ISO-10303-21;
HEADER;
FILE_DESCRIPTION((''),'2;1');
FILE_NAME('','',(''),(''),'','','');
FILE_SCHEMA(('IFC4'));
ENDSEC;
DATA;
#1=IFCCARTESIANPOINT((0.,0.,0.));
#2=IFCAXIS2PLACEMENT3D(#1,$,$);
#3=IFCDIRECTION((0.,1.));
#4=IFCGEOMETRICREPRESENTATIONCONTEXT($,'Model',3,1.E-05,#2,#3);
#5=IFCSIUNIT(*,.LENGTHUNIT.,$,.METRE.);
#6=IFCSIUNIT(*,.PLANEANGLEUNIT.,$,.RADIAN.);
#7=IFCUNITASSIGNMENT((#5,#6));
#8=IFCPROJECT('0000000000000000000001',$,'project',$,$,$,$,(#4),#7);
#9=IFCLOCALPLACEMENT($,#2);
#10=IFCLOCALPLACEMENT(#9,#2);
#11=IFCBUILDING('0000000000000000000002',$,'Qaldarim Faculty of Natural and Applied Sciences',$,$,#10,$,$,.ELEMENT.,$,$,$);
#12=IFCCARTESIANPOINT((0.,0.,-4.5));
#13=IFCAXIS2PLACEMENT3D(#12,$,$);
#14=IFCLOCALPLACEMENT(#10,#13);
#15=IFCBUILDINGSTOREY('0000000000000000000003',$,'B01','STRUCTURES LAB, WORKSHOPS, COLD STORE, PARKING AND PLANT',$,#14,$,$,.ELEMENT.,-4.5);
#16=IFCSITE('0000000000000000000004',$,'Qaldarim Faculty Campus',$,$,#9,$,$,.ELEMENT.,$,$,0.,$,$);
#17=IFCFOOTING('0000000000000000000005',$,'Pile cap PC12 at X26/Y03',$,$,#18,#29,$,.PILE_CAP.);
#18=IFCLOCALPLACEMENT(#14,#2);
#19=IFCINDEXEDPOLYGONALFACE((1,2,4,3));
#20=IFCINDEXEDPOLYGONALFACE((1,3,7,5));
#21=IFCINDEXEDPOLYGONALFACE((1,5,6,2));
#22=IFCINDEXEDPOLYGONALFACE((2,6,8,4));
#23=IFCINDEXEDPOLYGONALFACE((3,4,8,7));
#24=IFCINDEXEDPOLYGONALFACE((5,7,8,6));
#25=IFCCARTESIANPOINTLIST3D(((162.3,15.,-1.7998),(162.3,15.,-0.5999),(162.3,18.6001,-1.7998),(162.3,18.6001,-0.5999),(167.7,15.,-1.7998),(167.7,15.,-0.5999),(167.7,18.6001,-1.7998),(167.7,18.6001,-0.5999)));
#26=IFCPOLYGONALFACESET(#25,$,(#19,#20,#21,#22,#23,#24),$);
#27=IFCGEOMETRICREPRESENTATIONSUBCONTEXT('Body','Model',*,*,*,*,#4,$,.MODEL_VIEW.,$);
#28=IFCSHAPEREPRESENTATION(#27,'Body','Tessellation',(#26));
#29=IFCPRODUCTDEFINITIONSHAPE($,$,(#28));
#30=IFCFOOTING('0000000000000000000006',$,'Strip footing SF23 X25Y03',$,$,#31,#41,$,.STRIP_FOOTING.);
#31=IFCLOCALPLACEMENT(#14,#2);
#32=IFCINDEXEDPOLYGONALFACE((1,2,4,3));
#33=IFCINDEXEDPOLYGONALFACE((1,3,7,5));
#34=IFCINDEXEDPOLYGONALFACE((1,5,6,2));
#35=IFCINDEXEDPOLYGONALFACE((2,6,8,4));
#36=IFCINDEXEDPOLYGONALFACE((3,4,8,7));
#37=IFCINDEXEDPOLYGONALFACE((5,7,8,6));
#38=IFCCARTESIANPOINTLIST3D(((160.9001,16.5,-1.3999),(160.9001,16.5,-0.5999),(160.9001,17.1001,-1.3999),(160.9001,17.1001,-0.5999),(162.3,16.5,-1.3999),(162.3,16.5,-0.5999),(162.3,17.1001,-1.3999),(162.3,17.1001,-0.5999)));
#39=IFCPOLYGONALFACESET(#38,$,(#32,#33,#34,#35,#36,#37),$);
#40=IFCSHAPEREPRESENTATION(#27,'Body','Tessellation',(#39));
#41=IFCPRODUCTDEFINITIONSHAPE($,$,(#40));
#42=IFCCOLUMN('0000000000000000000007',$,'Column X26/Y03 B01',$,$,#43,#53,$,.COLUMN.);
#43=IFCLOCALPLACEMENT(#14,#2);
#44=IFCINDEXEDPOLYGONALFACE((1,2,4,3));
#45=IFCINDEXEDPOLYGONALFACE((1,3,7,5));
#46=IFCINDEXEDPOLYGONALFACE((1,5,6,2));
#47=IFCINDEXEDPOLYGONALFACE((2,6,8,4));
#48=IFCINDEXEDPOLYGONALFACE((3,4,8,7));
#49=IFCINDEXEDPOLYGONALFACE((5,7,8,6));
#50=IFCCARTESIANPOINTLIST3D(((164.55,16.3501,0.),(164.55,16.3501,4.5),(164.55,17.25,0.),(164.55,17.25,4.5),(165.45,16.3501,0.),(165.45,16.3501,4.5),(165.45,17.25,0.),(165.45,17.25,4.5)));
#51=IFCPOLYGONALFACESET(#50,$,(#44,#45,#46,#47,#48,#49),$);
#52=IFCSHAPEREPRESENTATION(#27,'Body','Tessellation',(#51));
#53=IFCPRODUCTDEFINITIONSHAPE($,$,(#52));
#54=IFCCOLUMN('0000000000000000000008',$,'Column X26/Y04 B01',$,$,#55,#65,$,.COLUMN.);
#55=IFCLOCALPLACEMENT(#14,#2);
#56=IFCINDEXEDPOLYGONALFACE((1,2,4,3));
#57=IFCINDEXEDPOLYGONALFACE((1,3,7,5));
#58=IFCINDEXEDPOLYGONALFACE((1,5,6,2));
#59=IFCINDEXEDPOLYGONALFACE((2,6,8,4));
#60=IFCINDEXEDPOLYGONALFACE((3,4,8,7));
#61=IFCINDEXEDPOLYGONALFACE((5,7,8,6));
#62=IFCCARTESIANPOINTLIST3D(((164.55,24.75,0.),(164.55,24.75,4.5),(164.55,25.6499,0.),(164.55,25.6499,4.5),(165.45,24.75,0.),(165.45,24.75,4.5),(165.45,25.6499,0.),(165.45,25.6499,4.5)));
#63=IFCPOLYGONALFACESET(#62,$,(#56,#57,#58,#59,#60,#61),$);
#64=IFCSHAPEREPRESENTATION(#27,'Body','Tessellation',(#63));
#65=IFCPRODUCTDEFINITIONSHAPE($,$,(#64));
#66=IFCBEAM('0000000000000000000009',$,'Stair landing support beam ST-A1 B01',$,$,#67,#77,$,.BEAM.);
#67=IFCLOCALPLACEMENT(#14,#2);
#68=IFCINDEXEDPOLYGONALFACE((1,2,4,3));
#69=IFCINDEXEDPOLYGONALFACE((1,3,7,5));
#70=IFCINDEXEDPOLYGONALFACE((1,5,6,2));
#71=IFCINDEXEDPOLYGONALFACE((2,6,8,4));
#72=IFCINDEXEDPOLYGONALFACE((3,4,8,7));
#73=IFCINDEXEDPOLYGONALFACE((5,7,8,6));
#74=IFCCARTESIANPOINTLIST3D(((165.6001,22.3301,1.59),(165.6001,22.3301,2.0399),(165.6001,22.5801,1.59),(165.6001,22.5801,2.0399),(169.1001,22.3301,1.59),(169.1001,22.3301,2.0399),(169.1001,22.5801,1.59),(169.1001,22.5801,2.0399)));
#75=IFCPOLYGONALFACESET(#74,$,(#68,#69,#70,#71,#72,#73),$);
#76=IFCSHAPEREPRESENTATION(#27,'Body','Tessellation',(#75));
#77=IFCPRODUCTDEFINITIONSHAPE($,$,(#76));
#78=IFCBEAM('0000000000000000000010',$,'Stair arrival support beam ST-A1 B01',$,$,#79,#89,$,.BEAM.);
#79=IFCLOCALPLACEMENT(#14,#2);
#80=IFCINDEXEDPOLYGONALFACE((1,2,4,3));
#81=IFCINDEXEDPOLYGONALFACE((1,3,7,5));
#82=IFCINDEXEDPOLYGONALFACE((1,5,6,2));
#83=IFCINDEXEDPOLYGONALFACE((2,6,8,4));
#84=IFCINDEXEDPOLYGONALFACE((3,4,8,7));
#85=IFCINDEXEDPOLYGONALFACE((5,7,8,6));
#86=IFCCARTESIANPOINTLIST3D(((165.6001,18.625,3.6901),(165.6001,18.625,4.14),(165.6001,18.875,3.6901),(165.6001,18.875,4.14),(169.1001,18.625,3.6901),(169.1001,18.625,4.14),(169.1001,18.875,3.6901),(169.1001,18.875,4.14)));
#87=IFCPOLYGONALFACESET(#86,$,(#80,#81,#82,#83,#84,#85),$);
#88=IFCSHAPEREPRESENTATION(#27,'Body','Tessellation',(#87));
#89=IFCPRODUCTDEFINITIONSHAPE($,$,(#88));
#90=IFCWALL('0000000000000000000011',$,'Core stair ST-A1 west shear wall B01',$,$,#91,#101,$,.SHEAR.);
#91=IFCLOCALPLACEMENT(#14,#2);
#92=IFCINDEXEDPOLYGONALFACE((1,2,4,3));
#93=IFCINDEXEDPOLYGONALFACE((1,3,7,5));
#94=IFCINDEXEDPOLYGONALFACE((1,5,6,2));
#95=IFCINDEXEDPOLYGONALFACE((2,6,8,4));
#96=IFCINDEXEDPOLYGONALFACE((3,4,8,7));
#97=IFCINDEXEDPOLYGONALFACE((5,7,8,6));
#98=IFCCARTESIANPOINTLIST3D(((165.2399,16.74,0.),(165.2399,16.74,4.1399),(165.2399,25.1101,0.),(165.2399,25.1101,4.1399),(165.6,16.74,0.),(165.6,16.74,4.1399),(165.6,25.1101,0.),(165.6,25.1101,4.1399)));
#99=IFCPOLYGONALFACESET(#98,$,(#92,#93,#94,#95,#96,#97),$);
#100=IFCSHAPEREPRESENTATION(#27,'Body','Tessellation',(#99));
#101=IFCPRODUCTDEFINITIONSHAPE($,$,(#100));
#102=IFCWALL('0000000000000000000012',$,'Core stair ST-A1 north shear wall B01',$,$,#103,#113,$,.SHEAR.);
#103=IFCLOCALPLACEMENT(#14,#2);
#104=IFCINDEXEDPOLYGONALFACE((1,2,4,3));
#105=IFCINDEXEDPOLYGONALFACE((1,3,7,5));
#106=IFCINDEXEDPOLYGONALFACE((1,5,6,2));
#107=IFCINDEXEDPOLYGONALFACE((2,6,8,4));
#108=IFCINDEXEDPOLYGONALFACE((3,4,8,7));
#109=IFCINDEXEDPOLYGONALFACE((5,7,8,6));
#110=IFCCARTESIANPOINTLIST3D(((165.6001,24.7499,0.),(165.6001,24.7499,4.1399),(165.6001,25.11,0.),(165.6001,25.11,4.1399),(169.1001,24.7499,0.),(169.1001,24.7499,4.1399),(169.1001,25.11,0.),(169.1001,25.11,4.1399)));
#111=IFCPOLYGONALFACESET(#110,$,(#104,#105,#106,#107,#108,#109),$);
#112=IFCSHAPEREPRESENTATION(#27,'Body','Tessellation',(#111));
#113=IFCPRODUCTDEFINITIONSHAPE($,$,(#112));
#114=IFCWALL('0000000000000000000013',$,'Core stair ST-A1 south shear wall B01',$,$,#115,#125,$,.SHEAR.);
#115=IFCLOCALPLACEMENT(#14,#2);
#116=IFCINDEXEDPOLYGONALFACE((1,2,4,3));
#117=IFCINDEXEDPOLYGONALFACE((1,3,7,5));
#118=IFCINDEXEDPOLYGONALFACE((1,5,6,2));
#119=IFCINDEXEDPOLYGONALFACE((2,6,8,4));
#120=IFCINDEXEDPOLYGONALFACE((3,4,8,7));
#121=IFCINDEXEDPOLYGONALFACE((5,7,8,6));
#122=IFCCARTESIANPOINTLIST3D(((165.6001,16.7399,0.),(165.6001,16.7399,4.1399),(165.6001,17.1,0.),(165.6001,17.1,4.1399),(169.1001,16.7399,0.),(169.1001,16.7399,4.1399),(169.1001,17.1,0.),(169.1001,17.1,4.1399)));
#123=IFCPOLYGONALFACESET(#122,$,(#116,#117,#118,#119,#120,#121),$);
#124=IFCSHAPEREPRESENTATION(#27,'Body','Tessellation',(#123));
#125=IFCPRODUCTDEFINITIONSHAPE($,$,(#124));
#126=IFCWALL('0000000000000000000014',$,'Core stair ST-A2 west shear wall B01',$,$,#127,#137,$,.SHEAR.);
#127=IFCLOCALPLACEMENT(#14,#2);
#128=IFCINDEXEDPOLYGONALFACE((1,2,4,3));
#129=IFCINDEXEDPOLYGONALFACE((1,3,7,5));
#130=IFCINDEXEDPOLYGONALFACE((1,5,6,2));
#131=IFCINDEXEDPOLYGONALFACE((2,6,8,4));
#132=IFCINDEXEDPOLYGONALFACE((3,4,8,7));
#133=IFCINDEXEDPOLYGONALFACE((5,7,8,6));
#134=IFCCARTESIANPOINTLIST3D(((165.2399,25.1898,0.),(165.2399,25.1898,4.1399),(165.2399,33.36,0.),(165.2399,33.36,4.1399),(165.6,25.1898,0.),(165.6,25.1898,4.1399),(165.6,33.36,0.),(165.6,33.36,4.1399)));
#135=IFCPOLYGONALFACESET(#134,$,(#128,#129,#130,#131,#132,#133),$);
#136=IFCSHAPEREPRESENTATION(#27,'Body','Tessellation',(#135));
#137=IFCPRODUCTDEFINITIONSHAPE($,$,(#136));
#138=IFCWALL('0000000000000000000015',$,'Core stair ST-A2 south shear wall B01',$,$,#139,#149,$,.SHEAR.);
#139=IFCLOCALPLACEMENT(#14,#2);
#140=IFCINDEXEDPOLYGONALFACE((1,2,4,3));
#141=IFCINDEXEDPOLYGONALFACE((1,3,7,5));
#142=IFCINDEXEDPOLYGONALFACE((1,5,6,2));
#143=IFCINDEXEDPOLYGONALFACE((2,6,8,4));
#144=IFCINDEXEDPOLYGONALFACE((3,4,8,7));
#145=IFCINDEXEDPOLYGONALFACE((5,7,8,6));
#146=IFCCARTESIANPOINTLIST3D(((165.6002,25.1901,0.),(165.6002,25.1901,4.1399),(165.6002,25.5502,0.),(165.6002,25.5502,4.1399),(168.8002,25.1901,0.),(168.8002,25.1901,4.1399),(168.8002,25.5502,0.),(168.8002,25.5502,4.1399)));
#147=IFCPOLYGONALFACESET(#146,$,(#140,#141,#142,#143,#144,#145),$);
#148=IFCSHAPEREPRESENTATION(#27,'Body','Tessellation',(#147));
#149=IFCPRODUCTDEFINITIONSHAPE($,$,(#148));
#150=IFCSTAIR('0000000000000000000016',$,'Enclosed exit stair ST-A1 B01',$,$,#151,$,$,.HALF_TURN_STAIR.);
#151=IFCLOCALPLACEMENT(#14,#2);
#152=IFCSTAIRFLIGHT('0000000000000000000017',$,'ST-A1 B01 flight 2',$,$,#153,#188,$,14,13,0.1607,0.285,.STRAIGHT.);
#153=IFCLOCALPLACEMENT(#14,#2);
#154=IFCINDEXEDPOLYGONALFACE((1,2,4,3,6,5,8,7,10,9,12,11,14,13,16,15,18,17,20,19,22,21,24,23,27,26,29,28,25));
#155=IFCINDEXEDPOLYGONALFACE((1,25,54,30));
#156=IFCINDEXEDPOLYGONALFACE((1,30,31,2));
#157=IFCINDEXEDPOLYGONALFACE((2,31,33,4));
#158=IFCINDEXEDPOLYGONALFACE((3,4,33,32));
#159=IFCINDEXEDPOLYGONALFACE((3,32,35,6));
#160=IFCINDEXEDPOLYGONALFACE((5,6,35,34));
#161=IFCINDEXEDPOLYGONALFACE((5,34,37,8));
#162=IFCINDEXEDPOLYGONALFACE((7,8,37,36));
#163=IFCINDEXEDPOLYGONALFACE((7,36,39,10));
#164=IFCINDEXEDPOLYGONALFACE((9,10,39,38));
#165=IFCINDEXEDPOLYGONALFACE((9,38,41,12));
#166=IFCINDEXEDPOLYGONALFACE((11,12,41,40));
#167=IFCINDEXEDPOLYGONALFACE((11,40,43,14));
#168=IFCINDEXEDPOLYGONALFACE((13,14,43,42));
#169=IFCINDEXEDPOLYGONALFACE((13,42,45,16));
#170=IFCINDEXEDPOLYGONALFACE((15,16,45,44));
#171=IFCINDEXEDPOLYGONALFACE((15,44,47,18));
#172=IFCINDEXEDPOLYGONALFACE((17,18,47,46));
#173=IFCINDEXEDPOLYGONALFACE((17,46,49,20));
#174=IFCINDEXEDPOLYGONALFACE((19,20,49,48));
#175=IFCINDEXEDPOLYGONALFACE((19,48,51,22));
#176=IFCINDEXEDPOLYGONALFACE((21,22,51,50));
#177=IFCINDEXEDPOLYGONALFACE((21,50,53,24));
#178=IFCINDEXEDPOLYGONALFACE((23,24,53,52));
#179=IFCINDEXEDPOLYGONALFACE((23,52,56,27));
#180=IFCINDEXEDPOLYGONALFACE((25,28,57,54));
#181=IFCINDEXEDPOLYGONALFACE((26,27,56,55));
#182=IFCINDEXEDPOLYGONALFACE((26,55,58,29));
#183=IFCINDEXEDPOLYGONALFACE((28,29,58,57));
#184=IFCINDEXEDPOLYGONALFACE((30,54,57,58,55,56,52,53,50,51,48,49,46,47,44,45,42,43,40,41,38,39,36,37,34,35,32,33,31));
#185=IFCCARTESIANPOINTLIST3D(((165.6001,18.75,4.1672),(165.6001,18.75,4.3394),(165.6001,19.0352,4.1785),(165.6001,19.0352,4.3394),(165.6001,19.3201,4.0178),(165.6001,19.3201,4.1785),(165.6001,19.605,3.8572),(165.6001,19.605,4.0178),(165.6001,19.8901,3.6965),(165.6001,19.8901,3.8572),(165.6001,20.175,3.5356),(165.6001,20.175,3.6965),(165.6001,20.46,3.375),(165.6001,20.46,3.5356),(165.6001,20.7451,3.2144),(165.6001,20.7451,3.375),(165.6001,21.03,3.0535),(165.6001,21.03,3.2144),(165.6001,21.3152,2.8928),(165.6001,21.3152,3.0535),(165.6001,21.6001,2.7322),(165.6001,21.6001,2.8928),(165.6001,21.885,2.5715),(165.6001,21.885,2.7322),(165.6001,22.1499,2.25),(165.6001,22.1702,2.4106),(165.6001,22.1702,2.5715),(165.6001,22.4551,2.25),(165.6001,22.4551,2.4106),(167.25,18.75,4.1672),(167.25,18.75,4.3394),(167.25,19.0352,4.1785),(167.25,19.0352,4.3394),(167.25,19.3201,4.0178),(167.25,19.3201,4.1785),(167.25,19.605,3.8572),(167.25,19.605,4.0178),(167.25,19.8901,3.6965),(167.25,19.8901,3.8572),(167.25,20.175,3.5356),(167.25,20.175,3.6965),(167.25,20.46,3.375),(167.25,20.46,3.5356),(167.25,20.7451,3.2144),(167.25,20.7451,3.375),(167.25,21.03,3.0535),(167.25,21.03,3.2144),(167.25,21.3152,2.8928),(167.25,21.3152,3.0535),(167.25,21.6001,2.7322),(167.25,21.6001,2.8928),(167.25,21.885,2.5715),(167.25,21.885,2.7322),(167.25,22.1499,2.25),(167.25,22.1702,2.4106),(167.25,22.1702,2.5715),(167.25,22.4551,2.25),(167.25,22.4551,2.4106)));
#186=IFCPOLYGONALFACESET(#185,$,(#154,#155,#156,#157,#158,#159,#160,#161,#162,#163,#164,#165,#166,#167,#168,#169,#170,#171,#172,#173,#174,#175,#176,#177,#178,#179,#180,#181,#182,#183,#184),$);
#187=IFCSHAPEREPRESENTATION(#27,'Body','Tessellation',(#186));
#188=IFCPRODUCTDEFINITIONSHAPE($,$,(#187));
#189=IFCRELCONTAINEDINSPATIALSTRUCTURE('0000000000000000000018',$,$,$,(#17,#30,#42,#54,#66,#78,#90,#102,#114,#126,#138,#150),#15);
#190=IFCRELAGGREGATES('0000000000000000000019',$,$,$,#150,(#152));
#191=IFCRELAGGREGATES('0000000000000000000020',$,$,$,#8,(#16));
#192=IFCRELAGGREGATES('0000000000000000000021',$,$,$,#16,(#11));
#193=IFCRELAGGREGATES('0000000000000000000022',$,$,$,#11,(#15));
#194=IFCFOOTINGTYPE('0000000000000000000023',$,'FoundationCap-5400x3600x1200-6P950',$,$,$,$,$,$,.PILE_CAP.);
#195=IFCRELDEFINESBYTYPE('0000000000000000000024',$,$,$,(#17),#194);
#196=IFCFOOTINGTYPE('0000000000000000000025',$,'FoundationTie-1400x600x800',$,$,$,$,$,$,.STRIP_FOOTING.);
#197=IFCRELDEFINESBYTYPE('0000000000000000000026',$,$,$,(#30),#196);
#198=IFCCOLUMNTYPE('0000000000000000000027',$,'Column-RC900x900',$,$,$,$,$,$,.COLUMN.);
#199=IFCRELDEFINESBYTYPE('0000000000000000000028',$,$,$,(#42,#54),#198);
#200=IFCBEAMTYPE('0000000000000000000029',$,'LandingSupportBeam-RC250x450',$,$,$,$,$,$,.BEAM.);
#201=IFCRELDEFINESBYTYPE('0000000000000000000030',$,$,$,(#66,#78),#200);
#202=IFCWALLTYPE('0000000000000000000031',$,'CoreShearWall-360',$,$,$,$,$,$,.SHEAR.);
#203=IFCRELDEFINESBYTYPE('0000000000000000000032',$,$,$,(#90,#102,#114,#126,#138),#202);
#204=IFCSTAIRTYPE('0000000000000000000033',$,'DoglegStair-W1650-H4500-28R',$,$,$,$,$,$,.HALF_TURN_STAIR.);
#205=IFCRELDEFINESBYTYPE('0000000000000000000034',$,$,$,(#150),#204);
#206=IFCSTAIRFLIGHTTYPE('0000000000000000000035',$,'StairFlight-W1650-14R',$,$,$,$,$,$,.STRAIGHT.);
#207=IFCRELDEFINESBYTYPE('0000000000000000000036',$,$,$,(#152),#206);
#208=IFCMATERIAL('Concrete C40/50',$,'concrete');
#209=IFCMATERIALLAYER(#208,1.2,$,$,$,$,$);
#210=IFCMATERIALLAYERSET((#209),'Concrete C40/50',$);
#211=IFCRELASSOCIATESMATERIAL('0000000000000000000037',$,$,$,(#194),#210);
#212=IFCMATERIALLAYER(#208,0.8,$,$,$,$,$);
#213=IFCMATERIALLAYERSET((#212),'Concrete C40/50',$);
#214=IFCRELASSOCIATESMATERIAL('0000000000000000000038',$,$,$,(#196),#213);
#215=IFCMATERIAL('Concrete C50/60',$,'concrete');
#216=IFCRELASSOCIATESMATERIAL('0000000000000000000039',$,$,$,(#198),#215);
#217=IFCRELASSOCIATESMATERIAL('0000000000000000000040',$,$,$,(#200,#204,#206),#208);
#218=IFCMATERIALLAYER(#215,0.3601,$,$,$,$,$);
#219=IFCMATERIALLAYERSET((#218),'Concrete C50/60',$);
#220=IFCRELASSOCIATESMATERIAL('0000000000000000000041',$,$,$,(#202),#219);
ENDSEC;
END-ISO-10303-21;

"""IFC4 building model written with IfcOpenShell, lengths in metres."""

from ifc_helpers import new_model, si_unit, direction, frame, frame_2d, origin, origin_2d, place, context, subcontext, project, spatial, polyline, rectangle, outline, extrude, material, layer, layer_set, material_profile, profile_set, type_object, element, aggregate, save


model = new_model("IFC4")

# Units and contexts
model_context = context("Model", 3, precision=1e-05, world=origin(), true_north=direction((0.0, 1.0)))
body_context = subcontext(model_context, "Body", "Model", "MODEL_VIEW")
ifc_project = project(units=[si_unit("LENGTHUNIT", "METRE"), si_unit("PLANEANGLEUNIT", "RADIAN")], contexts=[model_context])

# Site, building, storey
site_placement = place(None, origin())
site = spatial("IfcSite", under=ifc_project, at=site_placement, Name="Qaldarim Faculty Campus", CompositionType="ELEMENT", RefElevation=0.0)
building_placement = place(site_placement, origin())
building = spatial("IfcBuilding", under=site, at=building_placement, Name="Qaldarim Faculty of Natural and Applied Sciences", CompositionType="ELEMENT")
storey_placement = place(building_placement, frame((0.0, 0.0, -4.5)))
storey = spatial("IfcBuildingStorey", under=building, at=storey_placement, Name="B01", Description="STRUCTURES LAB, WORKSHOPS, COLD STORE, PARKING AND PLANT", CompositionType="ELEMENT", Elevation=-4.5)

# Shared definitions
ifc_material_1 = material(Name="Concrete C40/50", Category="concrete")

# Footings
ifc_layer_1 = layer(ifc_material_1, 1.2)
ifc_layer_set_1 = layer_set([ifc_layer_1], Name="Concrete C40/50")
footing_type_1 = type_object("IfcFootingType", Name="FoundationCap-5400x3600x1200-6P950", PredefinedType="PILE_CAP", material=ifc_layer_set_1)
footing_1_placement = place(storey_placement, frame((165.0, 16.8, -1.7998), z_axis=(0.0, 0.0, 1.0), x_axis=(1.0, 0.0, 0.0)))
element("IfcFooting", 1, at=footing_1_placement, inside=storey, type_object=footing_type_1, Name="Pile cap PC12 at X26/Y03", PredefinedType="PILE_CAP", context=body_context, shape_type="SweptSolid", body=[
    extrude(rectangle(XDim=5.3999, YDim=3.6001, at=origin_2d()), origin(), (0.0, 0.0, 1.0), 1.2),
])
ifc_layer_2 = layer(ifc_material_1, 0.8)
ifc_layer_set_2 = layer_set([ifc_layer_2], Name="Concrete C40/50")
footing_type_2 = type_object("IfcFootingType", Name="FoundationTie-1400x600x800", PredefinedType="STRIP_FOOTING", material=ifc_layer_set_2)
footing_2_placement = place(storey_placement, frame((161.6001, 16.8, -1.3999), z_axis=(0.0, 0.0, 1.0), x_axis=(1.0, 0.0, 0.0)))
element("IfcFooting", 2, at=footing_2_placement, inside=storey, type_object=footing_type_2, Name="Strip footing SF23 X25Y03", PredefinedType="STRIP_FOOTING", context=body_context, shape_type="SweptSolid", body=[
    extrude(rectangle(XDim=1.3999, YDim=0.6001, at=origin_2d()), origin(), (0.0, 0.0, 1.0), 0.8),
])

# Columns
ifc_material_2 = material(Name="Concrete C50/60", Category="concrete")
ifc_material_profile_1 = material_profile(ifc_material_2, rectangle(XDim=0.8999, YDim=0.8999, at=origin_2d()), Name="RC-C900x900")
ifc_profile_set_1 = profile_set([ifc_material_profile_1], Name="Concrete C50/60")
column_type = type_object("IfcColumnType", Name="Column-RC900x900", PredefinedType="COLUMN", material=ifc_profile_set_1)
for number, where, z_axis, x_axis, name in (
    (3, (165.0, 16.8, 0.0), (0.0, 0.0, 1.0), (1.0, 0.0, 0.0), "Column X26/Y03 B01"),
    (4, (165.0, 25.2, 0.0), (0.0, 0.0, 1.0), (1.0, 0.0, 0.0), "Column X26/Y04 B01"),
):
    element("IfcColumn", number, at=place(storey_placement, frame(where, z_axis=z_axis, x_axis=x_axis)), inside=storey, type_object=column_type, Name=name, PredefinedType="COLUMN", context=body_context, shape_type="SweptSolid", body=[
        extrude(rectangle(XDim=0.8999, YDim=0.8999, at=origin_2d()), origin(), (0.0, 0.0, 1.0), 4.5),
    ])

# Beams
ifc_material_profile_2 = material_profile(ifc_material_1, rectangle(XDim=0.25, YDim=0.45, at=origin_2d()), Name="RC-LN250x450")
ifc_profile_set_2 = profile_set([ifc_material_profile_2], Name="Concrete C40/50")
beam_type = type_object("IfcBeamType", Name="LandingSupportBeam-RC250x450", PredefinedType="BEAM", material=ifc_profile_set_2)
for number, where, z_axis, x_axis, name in (
    (5, (165.6001, 22.4551, 1.8149), (1.0, 0.0, 0.0), (0.0, 1.0, 0.0), "Stair landing support beam ST-A1 B01"),
    (6, (165.6001, 18.75, 3.915), (1.0, 0.0, 0.0), (0.0, 1.0, 0.0), "Stair arrival support beam ST-A1 B01"),
):
    element("IfcBeam", number, at=place(storey_placement, frame(where, z_axis=z_axis, x_axis=x_axis)), inside=storey, type_object=beam_type, Name=name, PredefinedType="BEAM", context=body_context, shape_type="SweptSolid", body=[
        extrude(rectangle(XDim=0.25, YDim=0.45, at=origin_2d()), origin(), (0.0, 0.0, 1.0), 3.5),
    ])

# Walls
ifc_layer_3 = layer(ifc_material_2, 0.3601)
ifc_layer_set_3 = layer_set([ifc_layer_3], Name="Concrete C50/60")
wall_type = type_object("IfcWallType", Name="CoreShearWall-360", PredefinedType="SHEAR", material=ifc_layer_set_3)
wall_1_placement = place(storey_placement, frame((165.4199, 16.74, 0.0), z_axis=(0.0, 0.0, 1.0), x_axis=(0.0, 1.0, 0.0)))
element("IfcWall", 7, at=wall_1_placement, inside=storey, type_object=wall_type, Name="Core stair ST-A1 west shear wall B01", PredefinedType="SHEAR", context=body_context, shape_type="SweptSolid", body=[
    extrude(rectangle(XDim=8.3701, YDim=0.3601, at=frame_2d((4.1851, 0.0))), origin(), (0.0, 0.0, 1.0), 4.1399),
])
for number, where, z_axis, x_axis, name in (
    (8, (165.6001, 24.9299, 0.0), (0.0, 0.0, 1.0), (1.0, 0.0, 0.0), "Core stair ST-A1 north shear wall B01"),
    (9, (165.6001, 16.9199, 0.0), (0.0, 0.0, 1.0), (1.0, 0.0, 0.0), "Core stair ST-A1 south shear wall B01"),
):
    element("IfcWall", number, at=place(storey_placement, frame(where, z_axis=z_axis, x_axis=x_axis)), inside=storey, type_object=wall_type, Name=name, PredefinedType="SHEAR", context=body_context, shape_type="SweptSolid", body=[
        extrude(rectangle(XDim=3.5, YDim=0.3601, at=frame_2d((1.75, 0.0))), origin(), (0.0, 0.0, 1.0), 4.1399),
    ])
wall_2_placement = place(storey_placement, frame((165.4199, 25.1899, 0.0), z_axis=(0.0, 0.0, 1.0), x_axis=(0.0, 1.0, 0.0)))
element("IfcWall", 10, at=wall_2_placement, inside=storey, type_object=wall_type, Name="Core stair ST-A2 west shear wall B01", PredefinedType="SHEAR", context=body_context, shape_type="SweptSolid", body=[
    extrude(rectangle(XDim=8.1702, YDim=0.3601, at=frame_2d((4.085, 0.0))), origin(), (0.0, 0.0, 1.0), 4.1399),
])
wall_3_placement = place(storey_placement, frame((165.6001, 25.3701, 0.0), z_axis=(0.0, 0.0, 1.0), x_axis=(1.0, 0.0, 0.0)))
element("IfcWall", 11, at=wall_3_placement, inside=storey, type_object=wall_type, Name="Core stair ST-A2 south shear wall B01", PredefinedType="SHEAR", context=body_context, shape_type="SweptSolid", body=[
    extrude(rectangle(XDim=3.2, YDim=0.3601, at=frame_2d((1.6001, 0.0))), origin(), (0.0, 0.0, 1.0), 4.1399),
])

# Stair, stair flight
stair_type = type_object("IfcStairType", Name="DoglegStair-W1650-H4500-28R", PredefinedType="HALF_TURN_STAIR", material=ifc_material_1)
stair_placement = place(storey_placement, origin())
stair = element("IfcStair", 12, at=stair_placement, inside=storey, type_object=stair_type, Name="Enclosed exit stair ST-A1 B01", PredefinedType="HALF_TURN_STAIR")
stair_flight_type = type_object("IfcStairFlightType", Name="StairFlight-W1650-14R", PredefinedType="STRAIGHT", material=ifc_material_1)
stair_flight_placement = place(storey_placement, frame((166.425, 22.4551, 2.25), z_axis=(0.0, 0.0, 1.0), x_axis=(0.0, -1.0, 0.0)))
stair_flight = element("IfcStairFlight", 13, at=stair_flight_placement, type_object=stair_flight_type, Name="ST-A1 B01 flight 2", NumberOfRisers=14, NumberOfTreads=13, PredefinedType="STRAIGHT", RiserHeight=0.1607, TreadLength=0.285, context=body_context, shape_type="SweptSolid", body=[
    extrude(outline(polyline([(0.0, 0.0), (0.0, 0.1606), (0.2849, 0.1606), (0.2849, 0.3215), (0.5701, 0.3215), (0.5701, 0.4822), (0.855, 0.4822), (0.855, 0.6428), (1.1399, 0.6428), (1.1399, 0.8035), (1.425, 0.8035), (1.425, 0.9644), (1.71, 0.9644), (1.71, 1.125), (1.9951, 1.125), (1.9951, 1.2856), (2.28, 1.2856), (2.28, 1.4465), (2.5649, 1.4465), (2.5649, 1.6072), (2.8501, 1.6072), (2.8501, 1.7678), (3.135, 1.7678), (3.135, 1.9285), (3.4199, 1.9285), (3.4199, 2.0894), (3.7051, 2.0894), (3.7051, 2.25), (3.7051, 1.9172), (0.3052, 0.0), (0.0, 0.0)])), frame((0.0, 0.825, 0.0), z_axis=(0.0, -1.0, 0.0), x_axis=(1.0, 0.0, 0.0)), (0.0, 0.0, 1.0), 1.6499),
])
aggregate(stair, [stair_flight])

save(model, "model.ifc")
